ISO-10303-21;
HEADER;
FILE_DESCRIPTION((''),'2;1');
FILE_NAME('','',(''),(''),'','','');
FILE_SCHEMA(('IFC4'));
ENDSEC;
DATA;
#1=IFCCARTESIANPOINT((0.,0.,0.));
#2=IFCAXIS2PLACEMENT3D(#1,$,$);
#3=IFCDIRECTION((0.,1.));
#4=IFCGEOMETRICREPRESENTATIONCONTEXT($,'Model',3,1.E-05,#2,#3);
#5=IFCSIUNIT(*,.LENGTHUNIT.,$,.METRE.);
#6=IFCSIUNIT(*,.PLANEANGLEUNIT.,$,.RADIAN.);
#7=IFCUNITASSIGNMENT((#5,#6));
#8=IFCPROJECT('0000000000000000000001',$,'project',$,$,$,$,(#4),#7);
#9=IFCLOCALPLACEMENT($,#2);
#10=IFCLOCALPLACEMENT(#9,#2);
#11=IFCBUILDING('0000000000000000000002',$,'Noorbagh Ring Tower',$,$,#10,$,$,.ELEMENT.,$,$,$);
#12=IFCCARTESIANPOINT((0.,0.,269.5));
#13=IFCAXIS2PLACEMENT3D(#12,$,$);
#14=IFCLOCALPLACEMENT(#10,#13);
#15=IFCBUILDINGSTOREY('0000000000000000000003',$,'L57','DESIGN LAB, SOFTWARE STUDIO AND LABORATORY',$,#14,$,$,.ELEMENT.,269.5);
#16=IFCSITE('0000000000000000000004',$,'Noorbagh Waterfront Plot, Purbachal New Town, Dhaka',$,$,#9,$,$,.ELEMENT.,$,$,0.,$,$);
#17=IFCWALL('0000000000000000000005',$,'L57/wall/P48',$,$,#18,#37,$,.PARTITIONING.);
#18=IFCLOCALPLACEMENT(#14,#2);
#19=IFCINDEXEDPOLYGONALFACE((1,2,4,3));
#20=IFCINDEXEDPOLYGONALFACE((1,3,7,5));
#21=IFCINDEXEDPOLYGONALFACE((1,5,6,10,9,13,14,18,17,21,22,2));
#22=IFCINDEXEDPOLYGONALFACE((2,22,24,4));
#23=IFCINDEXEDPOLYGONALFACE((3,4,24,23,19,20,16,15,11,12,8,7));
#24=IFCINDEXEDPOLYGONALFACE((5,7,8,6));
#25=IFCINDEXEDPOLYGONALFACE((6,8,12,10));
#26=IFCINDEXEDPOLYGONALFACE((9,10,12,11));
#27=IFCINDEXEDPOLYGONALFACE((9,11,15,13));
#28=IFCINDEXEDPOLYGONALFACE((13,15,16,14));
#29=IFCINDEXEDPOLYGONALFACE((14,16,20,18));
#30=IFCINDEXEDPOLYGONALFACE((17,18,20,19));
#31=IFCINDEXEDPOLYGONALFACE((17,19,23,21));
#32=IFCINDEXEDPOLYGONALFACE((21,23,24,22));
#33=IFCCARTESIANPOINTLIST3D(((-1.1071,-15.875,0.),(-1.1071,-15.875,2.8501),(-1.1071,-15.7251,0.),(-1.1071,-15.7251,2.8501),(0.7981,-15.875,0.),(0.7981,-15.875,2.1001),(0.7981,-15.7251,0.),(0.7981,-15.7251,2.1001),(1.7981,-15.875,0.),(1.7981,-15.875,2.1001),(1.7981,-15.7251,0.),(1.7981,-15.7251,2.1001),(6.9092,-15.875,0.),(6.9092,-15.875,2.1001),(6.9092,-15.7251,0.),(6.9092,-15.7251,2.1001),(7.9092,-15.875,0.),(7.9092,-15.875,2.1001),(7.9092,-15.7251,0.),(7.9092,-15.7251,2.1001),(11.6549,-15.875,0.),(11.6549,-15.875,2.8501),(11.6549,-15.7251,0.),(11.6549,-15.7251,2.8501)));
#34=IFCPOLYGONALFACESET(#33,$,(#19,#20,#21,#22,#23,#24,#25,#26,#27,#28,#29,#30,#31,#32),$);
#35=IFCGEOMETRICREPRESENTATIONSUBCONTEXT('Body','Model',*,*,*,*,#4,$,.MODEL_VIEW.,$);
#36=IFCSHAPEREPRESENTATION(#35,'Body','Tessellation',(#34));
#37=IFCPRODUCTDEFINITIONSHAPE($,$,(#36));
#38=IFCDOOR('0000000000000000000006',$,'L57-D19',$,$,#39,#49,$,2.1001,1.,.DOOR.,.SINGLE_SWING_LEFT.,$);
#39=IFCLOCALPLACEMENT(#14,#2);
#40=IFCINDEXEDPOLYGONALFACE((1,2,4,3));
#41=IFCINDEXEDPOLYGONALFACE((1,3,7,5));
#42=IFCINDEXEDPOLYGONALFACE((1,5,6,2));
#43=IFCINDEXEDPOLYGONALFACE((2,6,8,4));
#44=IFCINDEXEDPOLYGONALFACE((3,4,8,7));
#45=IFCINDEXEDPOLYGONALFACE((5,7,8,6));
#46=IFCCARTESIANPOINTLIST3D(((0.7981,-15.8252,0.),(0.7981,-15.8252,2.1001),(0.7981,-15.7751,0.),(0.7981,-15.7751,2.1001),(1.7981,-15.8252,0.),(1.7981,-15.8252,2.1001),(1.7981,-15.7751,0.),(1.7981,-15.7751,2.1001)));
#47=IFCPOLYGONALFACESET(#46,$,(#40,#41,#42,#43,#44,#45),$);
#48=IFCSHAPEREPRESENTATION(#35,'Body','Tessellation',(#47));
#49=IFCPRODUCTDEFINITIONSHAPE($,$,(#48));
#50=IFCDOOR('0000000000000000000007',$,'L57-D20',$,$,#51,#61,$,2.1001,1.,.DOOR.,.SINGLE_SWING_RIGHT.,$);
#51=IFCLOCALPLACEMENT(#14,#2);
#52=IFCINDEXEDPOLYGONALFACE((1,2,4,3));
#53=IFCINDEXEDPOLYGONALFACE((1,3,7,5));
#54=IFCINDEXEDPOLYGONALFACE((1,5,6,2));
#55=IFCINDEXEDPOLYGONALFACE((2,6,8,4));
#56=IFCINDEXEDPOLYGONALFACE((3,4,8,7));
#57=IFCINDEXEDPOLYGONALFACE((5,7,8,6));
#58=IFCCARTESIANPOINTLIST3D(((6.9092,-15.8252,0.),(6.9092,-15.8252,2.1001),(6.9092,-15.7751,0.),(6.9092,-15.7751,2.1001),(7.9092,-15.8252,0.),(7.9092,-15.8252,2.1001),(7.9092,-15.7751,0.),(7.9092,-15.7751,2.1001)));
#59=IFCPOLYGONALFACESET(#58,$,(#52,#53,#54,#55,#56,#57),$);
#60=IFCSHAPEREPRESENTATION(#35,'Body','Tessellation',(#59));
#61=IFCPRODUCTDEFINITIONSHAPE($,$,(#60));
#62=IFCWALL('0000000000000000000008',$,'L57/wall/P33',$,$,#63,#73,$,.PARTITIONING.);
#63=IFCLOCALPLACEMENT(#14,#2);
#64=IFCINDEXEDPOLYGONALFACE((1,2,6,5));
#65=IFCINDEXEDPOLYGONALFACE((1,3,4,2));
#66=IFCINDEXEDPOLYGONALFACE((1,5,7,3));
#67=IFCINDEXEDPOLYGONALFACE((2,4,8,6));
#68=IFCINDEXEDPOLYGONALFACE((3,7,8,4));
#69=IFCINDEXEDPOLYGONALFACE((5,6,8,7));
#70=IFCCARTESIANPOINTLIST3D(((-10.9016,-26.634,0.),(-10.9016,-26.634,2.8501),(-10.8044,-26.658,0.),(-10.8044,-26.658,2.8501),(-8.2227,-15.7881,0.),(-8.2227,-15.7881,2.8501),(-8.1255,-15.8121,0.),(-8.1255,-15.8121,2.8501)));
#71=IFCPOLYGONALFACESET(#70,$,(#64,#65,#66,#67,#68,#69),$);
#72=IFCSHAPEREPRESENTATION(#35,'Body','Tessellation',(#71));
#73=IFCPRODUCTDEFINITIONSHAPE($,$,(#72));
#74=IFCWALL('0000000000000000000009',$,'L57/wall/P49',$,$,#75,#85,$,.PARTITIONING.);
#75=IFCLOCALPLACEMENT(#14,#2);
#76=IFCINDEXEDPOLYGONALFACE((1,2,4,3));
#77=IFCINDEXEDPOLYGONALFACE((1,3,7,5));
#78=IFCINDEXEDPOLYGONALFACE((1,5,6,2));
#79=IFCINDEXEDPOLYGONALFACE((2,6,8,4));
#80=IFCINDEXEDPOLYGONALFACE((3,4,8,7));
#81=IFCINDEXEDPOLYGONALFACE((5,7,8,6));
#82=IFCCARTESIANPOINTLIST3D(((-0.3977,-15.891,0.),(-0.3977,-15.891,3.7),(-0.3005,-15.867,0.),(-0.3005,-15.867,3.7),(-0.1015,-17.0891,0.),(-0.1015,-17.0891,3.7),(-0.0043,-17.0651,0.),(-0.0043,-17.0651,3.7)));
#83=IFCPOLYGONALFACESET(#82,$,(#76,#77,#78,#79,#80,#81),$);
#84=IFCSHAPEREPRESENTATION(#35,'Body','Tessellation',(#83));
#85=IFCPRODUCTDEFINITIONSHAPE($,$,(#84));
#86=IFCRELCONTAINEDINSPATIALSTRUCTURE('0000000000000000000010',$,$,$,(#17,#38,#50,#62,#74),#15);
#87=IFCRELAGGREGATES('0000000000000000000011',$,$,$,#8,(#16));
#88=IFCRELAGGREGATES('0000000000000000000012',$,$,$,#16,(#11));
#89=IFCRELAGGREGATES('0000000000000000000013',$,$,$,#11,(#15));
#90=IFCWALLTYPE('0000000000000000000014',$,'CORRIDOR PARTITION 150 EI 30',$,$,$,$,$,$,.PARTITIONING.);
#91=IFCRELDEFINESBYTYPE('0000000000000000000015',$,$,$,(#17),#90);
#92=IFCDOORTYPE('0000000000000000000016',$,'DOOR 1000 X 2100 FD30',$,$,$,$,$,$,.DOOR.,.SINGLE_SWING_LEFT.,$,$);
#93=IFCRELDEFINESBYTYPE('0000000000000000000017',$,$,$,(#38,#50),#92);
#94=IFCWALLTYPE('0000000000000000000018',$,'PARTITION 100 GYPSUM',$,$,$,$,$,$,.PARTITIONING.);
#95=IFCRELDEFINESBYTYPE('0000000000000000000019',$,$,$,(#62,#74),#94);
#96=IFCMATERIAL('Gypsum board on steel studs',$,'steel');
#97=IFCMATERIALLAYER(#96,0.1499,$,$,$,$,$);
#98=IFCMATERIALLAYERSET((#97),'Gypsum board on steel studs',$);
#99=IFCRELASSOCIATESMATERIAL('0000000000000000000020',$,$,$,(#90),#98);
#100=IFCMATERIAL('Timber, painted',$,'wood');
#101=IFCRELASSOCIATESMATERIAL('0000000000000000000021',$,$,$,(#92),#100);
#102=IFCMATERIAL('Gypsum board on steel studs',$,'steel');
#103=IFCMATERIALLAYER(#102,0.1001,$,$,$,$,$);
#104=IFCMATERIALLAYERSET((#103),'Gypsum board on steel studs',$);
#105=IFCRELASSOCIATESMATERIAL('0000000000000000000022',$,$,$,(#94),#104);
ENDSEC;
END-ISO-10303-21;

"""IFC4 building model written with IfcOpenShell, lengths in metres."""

from ifc_helpers import new_model, si_unit, direction, frame, frame_2d, origin, place, context, subcontext, project, spatial, rectangle, extrude, material, layer, layer_set, type_object, element, fill, save


model = new_model("IFC4")

# Units and contexts
model_context = context("Model", 3, precision=1e-05, world=origin(), true_north=direction((0.0, 1.0)))
body_context = subcontext(model_context, "Body", "Model", "MODEL_VIEW")
ifc_project = project(units=[si_unit("LENGTHUNIT", "METRE"), si_unit("PLANEANGLEUNIT", "RADIAN")], contexts=[model_context])

# Site, building, storey
site_placement = place(None, origin())
site = spatial("IfcSite", under=ifc_project, at=site_placement, Name="Noorbagh Waterfront Plot, Purbachal New Town, Dhaka", CompositionType="ELEMENT", RefElevation=0.0)
building_placement = place(site_placement, origin())
building = spatial("IfcBuilding", under=site, at=building_placement, Name="Noorbagh Ring Tower", CompositionType="ELEMENT")
storey_placement = place(building_placement, frame((0.0, 0.0, 269.5)))
storey = spatial("IfcBuildingStorey", under=building, at=storey_placement, Name="L57", Description="DESIGN LAB, SOFTWARE STUDIO AND LABORATORY", CompositionType="ELEMENT", Elevation=269.5)

# Shared definitions
ifc_material_1 = material(Name="Gypsum board on steel studs", Category="steel")
ifc_layer_1 = layer(ifc_material_1, 0.1499)
ifc_layer_set_1 = layer_set([ifc_layer_1], Name="Gypsum board on steel studs")
wall_type_1 = type_object("IfcWallType", Name="CORRIDOR PARTITION 150 EI 30", PredefinedType="PARTITIONING", material=ifc_layer_set_1)
ifc_material_2 = material(Name="Timber, painted", Category="wood")
door_type = type_object("IfcDoorType", Name="DOOR 1000 X 2100 FD30", OperationType="SINGLE_SWING_LEFT", PredefinedType="DOOR", material=ifc_material_2)

# Wall, openings, doors
wall_1_placement = place(storey_placement, frame((-1.1069, -15.8, 0.0), z_axis=(0.0, 0.0, 1.0), x_axis=(1.0, 0.0, 0.0)))
wall_1 = element("IfcWall", 1, at=wall_1_placement, inside=storey, type_object=wall_type_1, Name="L57/wall/P48", PredefinedType="PARTITIONING", context=body_context, shape_type="SweptSolid", body=[
    extrude(rectangle(XDim=12.762, YDim=0.1499, at=frame_2d((6.3809, 0.0))), origin(), (0.0, 0.0, 1.0), 2.8501),
])
opening_1_placement = place(wall_1_placement, frame((1.905, 0.0, 0.0)))
opening_1 = element("IfcOpeningElement", 2, at=opening_1_placement, cuts=wall_1, PredefinedType="OPENING", context=body_context, shape_type="SweptSolid", body=[
    extrude(rectangle(XDim=1.0, YDim=2.1001, at=frame_2d((0.5, 1.05))), frame((0.0, 0.085, 0.0), z_axis=(0.0, -1.0, 0.0), x_axis=(1.0, 0.0, 0.0)), (0.0, 0.0, 1.0), 0.1699),
])
opening_2_placement = place(wall_1_placement, frame((8.0161, 0.0, 0.0)))
opening_2 = element("IfcOpeningElement", 3, at=opening_2_placement, cuts=wall_1, PredefinedType="OPENING", context=body_context, shape_type="SweptSolid", body=[
    extrude(rectangle(XDim=1.0, YDim=2.1001, at=frame_2d((0.5, 1.05))), frame((0.0, 0.085, 0.0), z_axis=(0.0, -1.0, 0.0), x_axis=(1.0, 0.0, 0.0)), (0.0, 0.0, 1.0), 0.1699),
])
door_1_placement = place(opening_1_placement, origin())
door_1 = element("IfcDoor", 4, at=door_1_placement, inside=storey, type_object=door_type, Name="L57-D19", OperationType="SINGLE_SWING_LEFT", OverallHeight=2.1001, OverallWidth=1.0, PredefinedType="DOOR", context=body_context, shape_type="SweptSolid", body=[
    extrude(rectangle(XDim=1.0, YDim=2.1001, at=frame_2d((0.5, 1.05))), frame((0.0, 0.0249, 0.0), z_axis=(0.0, -1.0, 0.0), x_axis=(1.0, 0.0, 0.0)), (0.0, 0.0, 1.0), 0.05),
])
fill(opening_1, door_1)
door_2_placement = place(opening_2_placement, origin())
door_2 = element("IfcDoor", 5, at=door_2_placement, inside=storey, type_object=door_type, Name="L57-D20", OperationType="SINGLE_SWING_RIGHT", OverallHeight=2.1001, OverallWidth=1.0, PredefinedType="DOOR", context=body_context, shape_type="SweptSolid", body=[
    extrude(rectangle(XDim=1.0, YDim=2.1001, at=frame_2d((0.5, 1.05))), frame((0.0, 0.0249, 0.0), z_axis=(0.0, -1.0, 0.0), x_axis=(1.0, 0.0, 0.0)), (0.0, 0.0, 1.0), 0.05),
])
fill(opening_2, door_2)

# Walls
ifc_material_3 = material(Name="Gypsum board on steel studs", Category="steel")
ifc_layer_2 = layer(ifc_material_3, 0.1001)
ifc_layer_set_2 = layer_set([ifc_layer_2], Name="Gypsum board on steel studs")
wall_type_2 = type_object("IfcWallType", Name="PARTITION 100 GYPSUM", PredefinedType="PARTITIONING", material=ifc_layer_set_2)
wall_2_placement = place(storey_placement, frame((-10.853, -26.646, 0.0), z_axis=(0.0, 0.0, 1.0), x_axis=(0.239794, 0.970824, 0.0)))
element("IfcWall", 6, at=wall_2_placement, inside=storey, type_object=wall_type_2, Name="L57/wall/P33", PredefinedType="PARTITIONING", context=body_context, shape_type="SweptSolid", body=[
    extrude(rectangle(XDim=11.1719, YDim=0.1001, at=frame_2d((5.5859, 0.0))), origin(), (0.0, 0.0, 1.0), 2.8501),
])
wall_3_placement = place(storey_placement, frame((-0.3491, -15.8789, 0.0), z_axis=(0.0, 0.0, 1.0), x_axis=(0.239975, -0.970779, 0.0)))
element("IfcWall", 7, at=wall_3_placement, inside=storey, type_object=wall_type_2, Name="L57/wall/P49", PredefinedType="PARTITIONING", context=body_context, shape_type="SweptSolid", body=[
    extrude(rectangle(XDim=1.2341, YDim=0.1001, at=frame_2d((0.6172, 0.0))), origin(), (0.0, 0.0, 1.0), 3.7),
])

save(model, "model.ifc")
